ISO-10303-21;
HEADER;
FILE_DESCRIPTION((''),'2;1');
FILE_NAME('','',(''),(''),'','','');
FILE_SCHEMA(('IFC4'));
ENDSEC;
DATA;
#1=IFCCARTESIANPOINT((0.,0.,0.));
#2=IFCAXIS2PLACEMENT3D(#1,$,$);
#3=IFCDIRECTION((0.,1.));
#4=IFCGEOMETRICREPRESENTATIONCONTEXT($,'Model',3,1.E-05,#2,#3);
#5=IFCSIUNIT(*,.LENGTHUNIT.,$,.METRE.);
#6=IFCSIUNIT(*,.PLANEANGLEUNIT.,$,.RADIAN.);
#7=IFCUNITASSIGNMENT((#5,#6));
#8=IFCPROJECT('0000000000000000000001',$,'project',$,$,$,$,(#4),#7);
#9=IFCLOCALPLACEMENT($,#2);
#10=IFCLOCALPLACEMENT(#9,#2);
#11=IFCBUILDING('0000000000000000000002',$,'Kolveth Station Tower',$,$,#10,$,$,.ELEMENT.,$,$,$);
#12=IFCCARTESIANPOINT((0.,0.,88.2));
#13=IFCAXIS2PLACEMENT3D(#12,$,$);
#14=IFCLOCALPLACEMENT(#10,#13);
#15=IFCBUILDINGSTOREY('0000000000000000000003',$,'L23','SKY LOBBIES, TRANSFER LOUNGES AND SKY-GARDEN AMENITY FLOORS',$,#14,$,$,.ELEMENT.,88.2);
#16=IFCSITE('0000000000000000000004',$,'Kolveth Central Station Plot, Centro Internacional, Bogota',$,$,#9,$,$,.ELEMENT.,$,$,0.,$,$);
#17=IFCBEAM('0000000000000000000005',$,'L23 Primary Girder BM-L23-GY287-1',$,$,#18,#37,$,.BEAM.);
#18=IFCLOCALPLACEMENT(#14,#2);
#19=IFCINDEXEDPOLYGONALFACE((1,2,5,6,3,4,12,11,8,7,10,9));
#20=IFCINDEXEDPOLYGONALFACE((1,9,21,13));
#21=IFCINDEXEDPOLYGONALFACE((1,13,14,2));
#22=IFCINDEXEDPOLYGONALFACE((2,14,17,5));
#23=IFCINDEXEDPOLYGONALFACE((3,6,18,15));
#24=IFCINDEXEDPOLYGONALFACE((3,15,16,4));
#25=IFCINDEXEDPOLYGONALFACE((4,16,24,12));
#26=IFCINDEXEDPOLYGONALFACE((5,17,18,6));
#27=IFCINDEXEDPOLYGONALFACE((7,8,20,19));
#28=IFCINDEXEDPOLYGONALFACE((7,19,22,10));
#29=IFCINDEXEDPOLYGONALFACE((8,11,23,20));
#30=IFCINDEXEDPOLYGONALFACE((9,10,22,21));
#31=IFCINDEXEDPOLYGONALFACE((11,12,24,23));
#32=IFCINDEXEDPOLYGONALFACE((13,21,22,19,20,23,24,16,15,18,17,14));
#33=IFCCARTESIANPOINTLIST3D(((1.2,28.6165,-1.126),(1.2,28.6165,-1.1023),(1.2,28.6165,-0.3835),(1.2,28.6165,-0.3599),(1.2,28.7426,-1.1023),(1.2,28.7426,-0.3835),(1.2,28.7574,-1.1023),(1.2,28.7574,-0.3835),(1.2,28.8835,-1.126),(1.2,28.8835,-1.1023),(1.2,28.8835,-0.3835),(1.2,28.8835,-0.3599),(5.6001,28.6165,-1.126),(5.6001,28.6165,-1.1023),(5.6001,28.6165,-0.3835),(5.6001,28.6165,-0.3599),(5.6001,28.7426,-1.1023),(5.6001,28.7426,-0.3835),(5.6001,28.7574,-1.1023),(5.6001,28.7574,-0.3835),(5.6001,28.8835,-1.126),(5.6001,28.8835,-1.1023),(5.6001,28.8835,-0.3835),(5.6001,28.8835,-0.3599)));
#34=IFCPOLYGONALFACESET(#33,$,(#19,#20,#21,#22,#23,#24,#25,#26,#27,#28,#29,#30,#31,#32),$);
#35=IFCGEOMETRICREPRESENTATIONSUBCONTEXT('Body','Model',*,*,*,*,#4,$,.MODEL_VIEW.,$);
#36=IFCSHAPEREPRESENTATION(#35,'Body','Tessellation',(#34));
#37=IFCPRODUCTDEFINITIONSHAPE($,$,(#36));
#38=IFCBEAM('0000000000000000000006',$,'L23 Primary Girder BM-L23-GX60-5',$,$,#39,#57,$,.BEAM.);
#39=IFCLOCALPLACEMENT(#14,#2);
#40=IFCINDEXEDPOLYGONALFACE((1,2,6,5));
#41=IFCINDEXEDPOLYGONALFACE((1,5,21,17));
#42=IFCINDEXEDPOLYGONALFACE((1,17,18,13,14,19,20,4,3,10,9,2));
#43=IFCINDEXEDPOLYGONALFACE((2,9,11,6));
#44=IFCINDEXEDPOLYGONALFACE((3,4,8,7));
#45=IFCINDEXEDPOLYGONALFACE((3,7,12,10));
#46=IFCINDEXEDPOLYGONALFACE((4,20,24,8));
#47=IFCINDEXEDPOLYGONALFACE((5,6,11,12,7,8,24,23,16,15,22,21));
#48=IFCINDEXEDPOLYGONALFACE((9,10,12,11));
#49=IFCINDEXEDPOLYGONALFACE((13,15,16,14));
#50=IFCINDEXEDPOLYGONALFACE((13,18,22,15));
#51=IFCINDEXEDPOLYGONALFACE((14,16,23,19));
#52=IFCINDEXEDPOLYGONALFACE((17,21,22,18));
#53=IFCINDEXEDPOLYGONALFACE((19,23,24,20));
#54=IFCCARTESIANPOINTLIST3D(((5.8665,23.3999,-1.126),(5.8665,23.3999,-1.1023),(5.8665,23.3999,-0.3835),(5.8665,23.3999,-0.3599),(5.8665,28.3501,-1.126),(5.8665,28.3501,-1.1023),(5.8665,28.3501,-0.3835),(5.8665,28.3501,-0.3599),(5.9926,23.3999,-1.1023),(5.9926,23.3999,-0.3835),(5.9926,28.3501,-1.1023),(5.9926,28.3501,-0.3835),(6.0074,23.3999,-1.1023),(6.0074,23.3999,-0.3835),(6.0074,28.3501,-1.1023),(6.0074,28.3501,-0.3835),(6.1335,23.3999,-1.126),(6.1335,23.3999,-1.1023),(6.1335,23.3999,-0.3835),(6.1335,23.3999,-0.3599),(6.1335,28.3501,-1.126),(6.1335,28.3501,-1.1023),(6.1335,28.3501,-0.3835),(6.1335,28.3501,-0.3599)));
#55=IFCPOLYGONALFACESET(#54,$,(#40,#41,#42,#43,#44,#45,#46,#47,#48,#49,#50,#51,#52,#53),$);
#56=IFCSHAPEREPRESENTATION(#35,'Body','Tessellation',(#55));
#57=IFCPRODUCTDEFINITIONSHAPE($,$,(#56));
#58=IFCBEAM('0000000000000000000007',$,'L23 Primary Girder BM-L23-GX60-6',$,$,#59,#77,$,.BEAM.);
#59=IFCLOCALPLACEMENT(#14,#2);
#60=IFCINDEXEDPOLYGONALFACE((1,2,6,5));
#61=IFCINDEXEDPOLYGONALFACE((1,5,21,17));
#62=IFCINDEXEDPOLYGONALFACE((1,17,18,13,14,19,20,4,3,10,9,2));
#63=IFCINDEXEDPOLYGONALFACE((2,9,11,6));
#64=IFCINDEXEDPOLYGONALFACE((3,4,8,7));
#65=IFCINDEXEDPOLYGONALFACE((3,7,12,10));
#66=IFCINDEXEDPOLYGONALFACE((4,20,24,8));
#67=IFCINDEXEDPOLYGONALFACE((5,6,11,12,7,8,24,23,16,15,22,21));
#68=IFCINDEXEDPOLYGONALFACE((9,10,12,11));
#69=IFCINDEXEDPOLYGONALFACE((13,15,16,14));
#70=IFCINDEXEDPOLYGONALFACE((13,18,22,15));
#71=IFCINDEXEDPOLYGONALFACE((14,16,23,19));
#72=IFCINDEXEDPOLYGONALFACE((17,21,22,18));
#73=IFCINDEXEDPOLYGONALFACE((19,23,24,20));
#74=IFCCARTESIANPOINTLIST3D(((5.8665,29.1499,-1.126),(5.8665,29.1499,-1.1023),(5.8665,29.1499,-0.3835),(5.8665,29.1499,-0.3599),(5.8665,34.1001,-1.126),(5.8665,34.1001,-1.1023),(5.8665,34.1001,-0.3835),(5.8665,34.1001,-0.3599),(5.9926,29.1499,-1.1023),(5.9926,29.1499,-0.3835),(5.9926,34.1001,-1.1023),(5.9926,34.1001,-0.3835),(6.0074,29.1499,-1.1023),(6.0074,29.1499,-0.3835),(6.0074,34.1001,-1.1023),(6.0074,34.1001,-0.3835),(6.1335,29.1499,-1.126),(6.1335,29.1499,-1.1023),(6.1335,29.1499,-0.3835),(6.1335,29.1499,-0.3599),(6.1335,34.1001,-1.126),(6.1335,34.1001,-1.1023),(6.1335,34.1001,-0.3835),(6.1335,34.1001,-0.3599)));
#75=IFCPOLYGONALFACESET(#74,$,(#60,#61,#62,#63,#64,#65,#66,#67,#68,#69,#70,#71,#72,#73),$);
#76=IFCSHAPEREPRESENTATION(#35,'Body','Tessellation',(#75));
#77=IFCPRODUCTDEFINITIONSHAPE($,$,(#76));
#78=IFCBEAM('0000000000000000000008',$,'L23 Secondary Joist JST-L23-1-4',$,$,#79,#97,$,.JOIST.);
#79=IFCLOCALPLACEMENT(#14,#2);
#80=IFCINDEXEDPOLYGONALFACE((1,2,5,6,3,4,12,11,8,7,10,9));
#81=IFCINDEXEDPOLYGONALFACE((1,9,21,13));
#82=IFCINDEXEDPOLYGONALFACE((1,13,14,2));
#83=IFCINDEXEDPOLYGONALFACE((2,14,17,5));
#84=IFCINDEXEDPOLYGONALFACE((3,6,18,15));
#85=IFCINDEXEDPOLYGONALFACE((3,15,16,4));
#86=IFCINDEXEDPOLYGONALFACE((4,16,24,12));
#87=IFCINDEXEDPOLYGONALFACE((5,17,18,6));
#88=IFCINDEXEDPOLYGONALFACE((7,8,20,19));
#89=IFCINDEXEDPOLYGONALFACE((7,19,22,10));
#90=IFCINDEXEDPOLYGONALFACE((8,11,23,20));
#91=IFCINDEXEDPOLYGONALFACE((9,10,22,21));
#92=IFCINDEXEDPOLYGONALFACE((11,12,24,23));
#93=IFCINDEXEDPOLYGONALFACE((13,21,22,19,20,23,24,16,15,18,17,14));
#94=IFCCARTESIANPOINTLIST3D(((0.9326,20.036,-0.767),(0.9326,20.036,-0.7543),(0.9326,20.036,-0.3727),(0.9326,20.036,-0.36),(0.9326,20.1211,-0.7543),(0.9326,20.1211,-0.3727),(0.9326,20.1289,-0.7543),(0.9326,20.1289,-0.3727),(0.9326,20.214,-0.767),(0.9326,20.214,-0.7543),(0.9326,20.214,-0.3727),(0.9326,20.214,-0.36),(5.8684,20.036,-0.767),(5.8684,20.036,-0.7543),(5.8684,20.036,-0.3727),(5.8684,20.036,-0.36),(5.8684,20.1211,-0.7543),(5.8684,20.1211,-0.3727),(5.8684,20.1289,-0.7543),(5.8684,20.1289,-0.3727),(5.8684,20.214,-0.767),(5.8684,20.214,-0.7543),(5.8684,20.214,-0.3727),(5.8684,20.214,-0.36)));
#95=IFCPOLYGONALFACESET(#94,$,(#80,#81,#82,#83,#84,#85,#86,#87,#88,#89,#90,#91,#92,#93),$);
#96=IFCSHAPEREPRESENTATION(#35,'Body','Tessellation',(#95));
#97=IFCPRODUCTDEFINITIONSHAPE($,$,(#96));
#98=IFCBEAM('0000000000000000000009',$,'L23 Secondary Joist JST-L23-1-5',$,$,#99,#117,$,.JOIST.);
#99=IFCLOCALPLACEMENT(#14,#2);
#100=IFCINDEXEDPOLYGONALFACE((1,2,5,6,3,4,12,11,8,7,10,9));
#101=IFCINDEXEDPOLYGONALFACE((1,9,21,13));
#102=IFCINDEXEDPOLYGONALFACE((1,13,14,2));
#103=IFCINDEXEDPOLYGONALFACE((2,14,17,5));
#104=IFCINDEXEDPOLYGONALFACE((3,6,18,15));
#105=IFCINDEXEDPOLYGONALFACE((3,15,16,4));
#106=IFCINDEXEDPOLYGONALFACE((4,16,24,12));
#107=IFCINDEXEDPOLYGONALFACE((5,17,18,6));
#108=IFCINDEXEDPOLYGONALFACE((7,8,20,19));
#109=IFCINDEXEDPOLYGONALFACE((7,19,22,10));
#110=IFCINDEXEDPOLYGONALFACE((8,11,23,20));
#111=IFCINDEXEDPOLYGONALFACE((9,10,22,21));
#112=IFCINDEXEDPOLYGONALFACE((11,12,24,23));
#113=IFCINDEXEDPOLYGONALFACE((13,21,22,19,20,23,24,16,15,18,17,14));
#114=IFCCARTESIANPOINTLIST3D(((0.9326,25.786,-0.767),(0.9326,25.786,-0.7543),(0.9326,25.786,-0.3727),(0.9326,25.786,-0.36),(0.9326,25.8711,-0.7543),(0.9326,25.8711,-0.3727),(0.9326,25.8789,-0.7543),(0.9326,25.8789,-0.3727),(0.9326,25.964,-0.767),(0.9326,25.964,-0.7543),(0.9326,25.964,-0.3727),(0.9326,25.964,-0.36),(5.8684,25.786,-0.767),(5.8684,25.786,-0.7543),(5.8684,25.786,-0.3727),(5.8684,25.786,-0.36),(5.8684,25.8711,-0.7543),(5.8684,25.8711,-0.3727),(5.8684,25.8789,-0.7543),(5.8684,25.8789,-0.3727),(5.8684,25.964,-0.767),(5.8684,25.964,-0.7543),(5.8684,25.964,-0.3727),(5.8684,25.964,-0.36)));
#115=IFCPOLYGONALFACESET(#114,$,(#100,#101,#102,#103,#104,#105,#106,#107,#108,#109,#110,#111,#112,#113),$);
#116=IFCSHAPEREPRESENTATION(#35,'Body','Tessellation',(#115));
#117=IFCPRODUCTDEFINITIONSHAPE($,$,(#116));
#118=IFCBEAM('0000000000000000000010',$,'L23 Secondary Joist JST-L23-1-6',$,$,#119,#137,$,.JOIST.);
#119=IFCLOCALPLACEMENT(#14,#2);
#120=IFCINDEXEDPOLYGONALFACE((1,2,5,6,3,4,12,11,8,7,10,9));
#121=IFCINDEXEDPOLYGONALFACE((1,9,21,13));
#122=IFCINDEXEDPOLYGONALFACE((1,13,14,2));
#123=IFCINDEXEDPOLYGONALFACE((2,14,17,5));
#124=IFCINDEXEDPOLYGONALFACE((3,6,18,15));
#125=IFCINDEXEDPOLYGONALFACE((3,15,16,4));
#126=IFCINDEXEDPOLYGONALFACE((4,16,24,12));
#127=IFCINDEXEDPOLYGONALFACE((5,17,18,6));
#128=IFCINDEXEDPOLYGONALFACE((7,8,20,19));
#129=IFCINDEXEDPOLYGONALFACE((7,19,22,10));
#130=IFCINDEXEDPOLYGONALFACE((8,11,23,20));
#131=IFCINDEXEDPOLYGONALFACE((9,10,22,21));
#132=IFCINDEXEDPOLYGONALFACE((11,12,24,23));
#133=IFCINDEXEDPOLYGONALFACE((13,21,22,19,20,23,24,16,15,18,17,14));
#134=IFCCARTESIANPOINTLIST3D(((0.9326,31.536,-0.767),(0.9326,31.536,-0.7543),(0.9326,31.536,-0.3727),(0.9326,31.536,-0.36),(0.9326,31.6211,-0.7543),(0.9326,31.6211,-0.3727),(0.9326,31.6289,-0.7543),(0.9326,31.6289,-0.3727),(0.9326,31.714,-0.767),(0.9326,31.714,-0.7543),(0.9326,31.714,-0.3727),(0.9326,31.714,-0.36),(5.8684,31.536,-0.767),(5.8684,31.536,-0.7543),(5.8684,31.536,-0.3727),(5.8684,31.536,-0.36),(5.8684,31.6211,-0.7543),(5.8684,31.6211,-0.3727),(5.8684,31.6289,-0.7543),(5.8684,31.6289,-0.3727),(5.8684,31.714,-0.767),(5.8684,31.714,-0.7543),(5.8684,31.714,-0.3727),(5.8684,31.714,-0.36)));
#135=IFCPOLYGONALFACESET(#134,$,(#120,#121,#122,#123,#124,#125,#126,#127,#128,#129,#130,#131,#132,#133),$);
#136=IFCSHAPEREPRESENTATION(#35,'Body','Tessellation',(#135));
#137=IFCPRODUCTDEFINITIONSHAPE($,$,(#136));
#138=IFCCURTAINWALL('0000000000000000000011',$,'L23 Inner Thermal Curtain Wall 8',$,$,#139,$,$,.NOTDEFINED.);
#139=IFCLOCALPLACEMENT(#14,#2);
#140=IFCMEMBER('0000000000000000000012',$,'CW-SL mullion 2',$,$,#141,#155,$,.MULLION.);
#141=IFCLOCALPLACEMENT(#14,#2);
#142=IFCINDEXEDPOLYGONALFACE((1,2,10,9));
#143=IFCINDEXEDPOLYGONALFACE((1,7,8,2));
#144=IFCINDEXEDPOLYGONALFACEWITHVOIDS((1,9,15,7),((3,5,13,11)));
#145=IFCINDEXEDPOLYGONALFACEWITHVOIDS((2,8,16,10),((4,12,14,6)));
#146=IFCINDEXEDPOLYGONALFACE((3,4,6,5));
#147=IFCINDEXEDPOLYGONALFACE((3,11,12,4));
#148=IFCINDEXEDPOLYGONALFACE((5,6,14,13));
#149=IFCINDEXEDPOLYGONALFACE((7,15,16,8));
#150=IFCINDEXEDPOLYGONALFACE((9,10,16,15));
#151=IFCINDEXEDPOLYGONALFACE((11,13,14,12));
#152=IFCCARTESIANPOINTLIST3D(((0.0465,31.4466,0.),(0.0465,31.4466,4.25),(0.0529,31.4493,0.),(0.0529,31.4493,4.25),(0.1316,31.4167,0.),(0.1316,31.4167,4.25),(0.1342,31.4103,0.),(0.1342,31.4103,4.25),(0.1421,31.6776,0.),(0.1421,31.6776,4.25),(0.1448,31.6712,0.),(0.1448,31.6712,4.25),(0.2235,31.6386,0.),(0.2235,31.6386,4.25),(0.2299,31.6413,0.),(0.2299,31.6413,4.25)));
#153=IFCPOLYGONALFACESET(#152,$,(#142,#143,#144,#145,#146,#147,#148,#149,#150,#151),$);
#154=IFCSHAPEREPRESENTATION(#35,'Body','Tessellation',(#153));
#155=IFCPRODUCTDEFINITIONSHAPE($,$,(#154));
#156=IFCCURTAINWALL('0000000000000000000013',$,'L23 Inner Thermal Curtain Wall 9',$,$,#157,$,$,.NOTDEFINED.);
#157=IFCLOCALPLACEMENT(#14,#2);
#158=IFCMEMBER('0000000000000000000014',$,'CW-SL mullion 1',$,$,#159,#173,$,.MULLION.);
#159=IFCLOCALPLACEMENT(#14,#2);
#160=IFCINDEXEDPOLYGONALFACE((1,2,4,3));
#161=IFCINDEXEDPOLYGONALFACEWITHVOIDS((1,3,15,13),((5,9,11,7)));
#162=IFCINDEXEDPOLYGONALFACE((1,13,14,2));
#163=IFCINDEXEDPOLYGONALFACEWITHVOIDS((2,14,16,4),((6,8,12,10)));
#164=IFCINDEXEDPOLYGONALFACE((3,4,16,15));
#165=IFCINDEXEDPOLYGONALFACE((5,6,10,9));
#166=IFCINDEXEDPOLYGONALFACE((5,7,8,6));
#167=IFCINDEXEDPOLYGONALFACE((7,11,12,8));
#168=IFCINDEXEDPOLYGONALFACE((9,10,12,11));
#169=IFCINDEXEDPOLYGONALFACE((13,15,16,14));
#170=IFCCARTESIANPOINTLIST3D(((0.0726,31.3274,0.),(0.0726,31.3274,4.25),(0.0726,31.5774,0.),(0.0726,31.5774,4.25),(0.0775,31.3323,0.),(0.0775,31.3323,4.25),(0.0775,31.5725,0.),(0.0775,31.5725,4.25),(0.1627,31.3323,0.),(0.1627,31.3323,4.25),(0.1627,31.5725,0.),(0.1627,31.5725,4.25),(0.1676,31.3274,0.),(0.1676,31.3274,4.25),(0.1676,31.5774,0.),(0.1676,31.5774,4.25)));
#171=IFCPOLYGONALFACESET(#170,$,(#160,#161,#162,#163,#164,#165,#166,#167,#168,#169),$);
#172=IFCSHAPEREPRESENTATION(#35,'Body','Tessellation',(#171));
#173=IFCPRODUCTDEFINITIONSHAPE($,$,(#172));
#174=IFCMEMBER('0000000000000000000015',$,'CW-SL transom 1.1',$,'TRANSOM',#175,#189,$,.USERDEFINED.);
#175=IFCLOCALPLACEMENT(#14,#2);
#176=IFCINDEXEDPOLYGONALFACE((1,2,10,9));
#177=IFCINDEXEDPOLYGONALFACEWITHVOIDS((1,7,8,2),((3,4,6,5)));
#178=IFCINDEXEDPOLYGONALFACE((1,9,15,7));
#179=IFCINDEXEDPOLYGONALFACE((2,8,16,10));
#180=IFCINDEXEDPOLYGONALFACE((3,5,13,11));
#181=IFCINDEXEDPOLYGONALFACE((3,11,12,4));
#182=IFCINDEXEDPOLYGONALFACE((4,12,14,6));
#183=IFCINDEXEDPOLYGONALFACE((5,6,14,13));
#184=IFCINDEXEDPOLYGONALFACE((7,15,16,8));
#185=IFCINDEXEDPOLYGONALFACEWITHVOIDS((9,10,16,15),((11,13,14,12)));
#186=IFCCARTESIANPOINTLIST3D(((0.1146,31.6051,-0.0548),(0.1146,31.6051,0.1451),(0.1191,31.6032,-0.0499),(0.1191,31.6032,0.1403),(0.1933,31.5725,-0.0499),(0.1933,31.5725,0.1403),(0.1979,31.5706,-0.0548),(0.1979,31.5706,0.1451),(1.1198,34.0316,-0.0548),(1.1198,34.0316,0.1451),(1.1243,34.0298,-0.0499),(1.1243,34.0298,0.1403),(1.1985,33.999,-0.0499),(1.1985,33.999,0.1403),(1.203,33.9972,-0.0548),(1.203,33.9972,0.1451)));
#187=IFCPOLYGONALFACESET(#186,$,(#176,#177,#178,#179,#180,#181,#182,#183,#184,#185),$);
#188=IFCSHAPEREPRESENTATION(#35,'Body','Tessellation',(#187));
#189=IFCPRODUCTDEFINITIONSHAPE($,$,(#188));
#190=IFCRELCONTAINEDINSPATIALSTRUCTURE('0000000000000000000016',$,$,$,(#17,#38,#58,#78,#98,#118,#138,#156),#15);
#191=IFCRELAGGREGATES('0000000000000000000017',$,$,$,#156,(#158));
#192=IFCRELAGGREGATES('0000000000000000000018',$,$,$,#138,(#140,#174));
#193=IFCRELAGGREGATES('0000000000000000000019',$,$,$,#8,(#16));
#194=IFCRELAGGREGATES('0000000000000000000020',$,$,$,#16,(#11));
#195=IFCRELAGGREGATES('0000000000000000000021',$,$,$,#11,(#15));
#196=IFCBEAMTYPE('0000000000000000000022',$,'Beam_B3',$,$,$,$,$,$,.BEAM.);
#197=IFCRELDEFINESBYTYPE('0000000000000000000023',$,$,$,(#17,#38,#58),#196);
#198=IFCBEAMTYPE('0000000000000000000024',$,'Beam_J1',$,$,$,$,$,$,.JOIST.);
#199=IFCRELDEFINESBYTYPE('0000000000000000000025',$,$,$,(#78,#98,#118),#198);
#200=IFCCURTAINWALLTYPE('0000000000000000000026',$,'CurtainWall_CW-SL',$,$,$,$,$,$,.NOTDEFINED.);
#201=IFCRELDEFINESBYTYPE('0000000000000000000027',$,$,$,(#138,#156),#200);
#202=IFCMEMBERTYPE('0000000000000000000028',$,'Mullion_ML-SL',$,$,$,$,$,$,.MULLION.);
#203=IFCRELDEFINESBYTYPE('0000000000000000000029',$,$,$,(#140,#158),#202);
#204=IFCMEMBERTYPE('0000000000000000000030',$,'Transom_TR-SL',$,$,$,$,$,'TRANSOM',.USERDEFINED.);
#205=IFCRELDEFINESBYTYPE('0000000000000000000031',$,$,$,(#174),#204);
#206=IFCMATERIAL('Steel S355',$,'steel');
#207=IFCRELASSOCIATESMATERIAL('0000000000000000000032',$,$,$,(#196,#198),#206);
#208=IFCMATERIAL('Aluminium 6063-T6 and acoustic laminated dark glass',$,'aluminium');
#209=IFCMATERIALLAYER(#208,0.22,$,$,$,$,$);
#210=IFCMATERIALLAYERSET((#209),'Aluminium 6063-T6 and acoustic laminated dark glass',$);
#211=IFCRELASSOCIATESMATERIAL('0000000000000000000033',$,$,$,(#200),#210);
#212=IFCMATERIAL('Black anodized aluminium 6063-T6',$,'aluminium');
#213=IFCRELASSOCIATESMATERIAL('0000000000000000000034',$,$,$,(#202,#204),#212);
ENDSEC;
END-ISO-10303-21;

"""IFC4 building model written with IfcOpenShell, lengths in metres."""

from ifc_helpers import new_model, si_unit, direction, frame, origin, origin_2d, place, context, subcontext, project, spatial, hollow_rectangle, i_section, extrude, source, transform, mapped, material, layer, layer_set, material_profile, profile_set, type_object, element, aggregate, save


model = new_model("IFC4")

# Units and contexts
model_context = context("Model", 3, precision=1e-05, world=origin(), true_north=direction((0.0, 1.0)))
body_context = subcontext(model_context, "Body", "Model", "MODEL_VIEW")
ifc_project = project(units=[si_unit("LENGTHUNIT", "METRE"), si_unit("PLANEANGLEUNIT", "RADIAN")], contexts=[model_context])

# Site, building, storey
site_placement = place(None, origin())
site = spatial("IfcSite", under=ifc_project, at=site_placement, Name="Kolveth Central Station Plot, Centro Internacional, Bogota", CompositionType="ELEMENT", RefElevation=0.0)
building_placement = place(site_placement, origin())
building = spatial("IfcBuilding", under=site, at=building_placement, Name="Kolveth Station Tower", CompositionType="ELEMENT")
storey_placement = place(building_placement, frame((0.0, 0.0, 88.2)))
storey = spatial("IfcBuildingStorey", under=building, at=storey_placement, Name="L23", Description="SKY LOBBIES, TRANSFER LOUNGES AND SKY-GARDEN AMENITY FLOORS", CompositionType="ELEMENT", Elevation=88.2)

# Beams
ifc_material_1 = material(Name="Steel S355", Category="steel")
ifc_material_profile_1 = material_profile(ifc_material_1, i_section(OverallWidth=0.2671, OverallDepth=0.7661, WebThickness=0.0149, FlangeThickness=0.0237, at=origin_2d()), Name="W760x185")
ifc_profile_set_1 = profile_set([ifc_material_profile_1], Name="Steel S355")
beam_type_1 = type_object("IfcBeamType", Name="Beam_B3", PredefinedType="BEAM", material=ifc_profile_set_1)
shared_shape_1 = source(origin(), body_context, "Body", "SweptSolid", [
    extrude(i_section(OverallWidth=0.2671, OverallDepth=0.7661, WebThickness=0.0149, FlangeThickness=0.0237, at=origin_2d()), origin(), (0.0, 0.0, 1.0), 4.4001),
])
for number, where, z_axis, x_axis, name in (
    (1, (1.2, 28.75, -0.7429), (1.0, 0.0, 0.0), (0.0, 1.0, 0.0), "L23 Primary Girder BM-L23-GY287-1"),
):
    element("IfcBeam", number, at=place(storey_placement, frame(where, z_axis=z_axis, x_axis=x_axis)), inside=storey, type_object=beam_type_1, Name=name, PredefinedType="BEAM", context=body_context, shape_type="MappedRepresentation", body=[
        mapped(shared_shape_1, transform((0.0, 0.0, 0.0), x_axis=(1.0, 0.0, 0.0), y_axis=(0.0, 1.0, 0.0), z_axis=(0.0, 0.0, 1.0), scale=1.0)),
    ])
shared_shape_2 = source(origin(), body_context, "Body", "SweptSolid", [
    extrude(i_section(OverallWidth=0.2671, OverallDepth=0.7661, WebThickness=0.0149, FlangeThickness=0.0237, at=origin_2d()), origin(), (0.0, 0.0, 1.0), 4.9502),
])
for number, where, z_axis, x_axis, name in (
    (2, (6.0, 23.3999, -0.7429), (0.0, 1.0, 0.0), (-1.0, 0.0, 0.0), "L23 Primary Girder BM-L23-GX60-5"),
    (3, (6.0, 29.1499, -0.7429), (0.0, 1.0, 0.0), (-1.0, 0.0, 0.0), "L23 Primary Girder BM-L23-GX60-6"),
):
    element("IfcBeam", number, at=place(storey_placement, frame(where, z_axis=z_axis, x_axis=x_axis)), inside=storey, type_object=beam_type_1, Name=name, PredefinedType="BEAM", context=body_context, shape_type="MappedRepresentation", body=[
        mapped(shared_shape_2, transform((0.0, 0.0, 0.0), x_axis=(1.0, 0.0, 0.0), y_axis=(0.0, 1.0, 0.0), z_axis=(0.0, 0.0, 1.0), scale=1.0)),
    ])
ifc_material_profile_2 = material_profile(ifc_material_1, i_section(OverallWidth=0.178, OverallDepth=0.407, WebThickness=0.0078, FlangeThickness=0.0127, at=origin_2d()), Name="W410x60")
ifc_profile_set_2 = profile_set([ifc_material_profile_2], Name="Steel S355")
beam_type_2 = type_object("IfcBeamType", Name="Beam_J1", PredefinedType="JOIST", material=ifc_profile_set_2)
shared_shape_3 = source(origin(), body_context, "Body", "SweptSolid", [
    extrude(i_section(OverallWidth=0.178, OverallDepth=0.407, WebThickness=0.0078, FlangeThickness=0.0127, at=origin_2d()), origin(), (0.0, 0.0, 1.0), 4.9358),
])
for number, where, z_axis, x_axis, name in (
    (4, (0.9326, 20.125, -0.5635), (1.0, 0.0, 0.0), (0.0, 1.0, 0.0), "L23 Secondary Joist JST-L23-1-4"),
    (5, (0.9326, 25.875, -0.5635), (1.0, 0.0, 0.0), (0.0, 1.0, 0.0), "L23 Secondary Joist JST-L23-1-5"),
    (6, (0.9326, 31.625, -0.5635), (1.0, 0.0, 0.0), (0.0, 1.0, 0.0), "L23 Secondary Joist JST-L23-1-6"),
):
    element("IfcBeam", number, at=place(storey_placement, frame(where, z_axis=z_axis, x_axis=x_axis)), inside=storey, type_object=beam_type_2, Name=name, PredefinedType="JOIST", context=body_context, shape_type="MappedRepresentation", body=[
        mapped(shared_shape_3, transform((0.0, 0.0, 0.0), x_axis=(1.0, 0.0, 0.0), y_axis=(0.0, 1.0, 0.0), z_axis=(0.0, 0.0, 1.0), scale=1.0)),
    ])

# Curtain walls, members
ifc_material_2 = material(Name="Aluminium 6063-T6 and acoustic laminated dark glass", Category="aluminium")
ifc_layer_1 = layer(ifc_material_2, 0.22)
ifc_layer_set_1 = layer_set([ifc_layer_1], Name="Aluminium 6063-T6 and acoustic laminated dark glass")
curtain_wall_type_1 = type_object("IfcCurtainWallType", Name="CurtainWall_CW-SL", PredefinedType="NOTDEFINED", material=ifc_layer_set_1)
curtain_wall_1_placement = place(storey_placement, origin())
curtain_wall_1 = element("IfcCurtainWall", 7, at=curtain_wall_1_placement, inside=storey, type_object=curtain_wall_type_1, Name="L23 Inner Thermal Curtain Wall 8", PredefinedType="NOTDEFINED")
ifc_material_3 = material(Name="Black anodized aluminium 6063-T6", Category="aluminium")
ifc_material_profile_3 = material_profile(ifc_material_3, hollow_rectangle(XDim=0.095, YDim=0.25, WallThickness=0.0049, at=origin_2d()), Name="ALU-95x250x5")
ifc_profile_set_3 = profile_set([ifc_material_profile_3], Name="Black anodized aluminium 6063-T6")
member_type_1 = type_object("IfcMemberType", Name="Mullion_ML-SL", PredefinedType="MULLION", material=ifc_profile_set_3)
shared_shape_4 = source(origin(), body_context, "Body", "SweptSolid", [
    extrude(hollow_rectangle(XDim=0.095, YDim=0.25, WallThickness=0.0049, at=origin_2d()), origin(), (0.0, 0.0, 1.0), 4.25),
])
member_1_placement = place(storey_placement, frame((0.1382, 31.5439, 0.0), z_axis=(0.0, 0.0, 1.0), x_axis=(0.923888, -0.382663, 0.0)))
member_1 = element("IfcMember", 8, at=member_1_placement, type_object=member_type_1, Name="CW-SL mullion 2", PredefinedType="MULLION", context=body_context, shape_type="MappedRepresentation", body=[
    mapped(shared_shape_4, transform((0.0, 0.0, 0.0), x_axis=(1.0, 0.0, 0.0), y_axis=(0.0, 1.0, 0.0), z_axis=(0.0, 0.0, 1.0), scale=1.0)),
])
curtain_wall_2_placement = place(storey_placement, origin())
curtain_wall_2 = element("IfcCurtainWall", 9, at=curtain_wall_2_placement, inside=storey, type_object=curtain_wall_type_1, Name="L23 Inner Thermal Curtain Wall 9", PredefinedType="NOTDEFINED")
member_2_placement = place(storey_placement, frame((0.1201, 31.4524, 0.0), z_axis=(0.0, 0.0, 1.0), x_axis=(1.0, 0.0, 0.0)))
member_2 = element("IfcMember", 10, at=member_2_placement, type_object=member_type_1, Name="CW-SL mullion 1", PredefinedType="MULLION", context=body_context, shape_type="MappedRepresentation", body=[
    mapped(shared_shape_4, transform((0.0, 0.0, 0.0), x_axis=(1.0, 0.0, 0.0), y_axis=(0.0, 1.0, 0.0), z_axis=(0.0, 0.0, 1.0), scale=1.0)),
])

# Member
ifc_material_profile_4 = material_profile(ifc_material_3, hollow_rectangle(XDim=0.0901, YDim=0.2, WallThickness=0.0049, at=origin_2d()), Name="ALU-90x200x5")
ifc_profile_set_4 = profile_set([ifc_material_profile_4], Name="Black anodized aluminium 6063-T6")
member_type_2 = type_object("IfcMemberType", Name="Transom_TR-SL", ElementType="TRANSOM", PredefinedType="USERDEFINED", material=ifc_profile_set_4)
shared_shape_5 = source(origin(), body_context, "Body", "SweptSolid", [
    extrude(hollow_rectangle(XDim=0.0901, YDim=0.2, WallThickness=0.0049, at=origin_2d()), origin(), (0.0, 0.0, 1.0), 2.6265),
])
member_3_placement = place(storey_placement, frame((1.1614, 34.0144, 0.0452), z_axis=(-0.382694, -0.923875, 0.0), x_axis=(0.923875, -0.382694, 0.0)))
member_3 = element("IfcMember", 11, at=member_3_placement, type_object=member_type_2, Name="CW-SL transom 1.1", ObjectType="TRANSOM", PredefinedType="USERDEFINED", context=body_context, shape_type="MappedRepresentation", body=[
    mapped(shared_shape_5, transform((0.0, 0.0, 0.0), x_axis=(1.0, 0.0, 0.0), y_axis=(0.0, 1.0, 0.0), z_axis=(0.0, 0.0, 1.0), scale=1.0)),
])
aggregate(curtain_wall_2, [member_2])

aggregate(curtain_wall_1, [member_1, member_3])

save(model, "model.ifc")
